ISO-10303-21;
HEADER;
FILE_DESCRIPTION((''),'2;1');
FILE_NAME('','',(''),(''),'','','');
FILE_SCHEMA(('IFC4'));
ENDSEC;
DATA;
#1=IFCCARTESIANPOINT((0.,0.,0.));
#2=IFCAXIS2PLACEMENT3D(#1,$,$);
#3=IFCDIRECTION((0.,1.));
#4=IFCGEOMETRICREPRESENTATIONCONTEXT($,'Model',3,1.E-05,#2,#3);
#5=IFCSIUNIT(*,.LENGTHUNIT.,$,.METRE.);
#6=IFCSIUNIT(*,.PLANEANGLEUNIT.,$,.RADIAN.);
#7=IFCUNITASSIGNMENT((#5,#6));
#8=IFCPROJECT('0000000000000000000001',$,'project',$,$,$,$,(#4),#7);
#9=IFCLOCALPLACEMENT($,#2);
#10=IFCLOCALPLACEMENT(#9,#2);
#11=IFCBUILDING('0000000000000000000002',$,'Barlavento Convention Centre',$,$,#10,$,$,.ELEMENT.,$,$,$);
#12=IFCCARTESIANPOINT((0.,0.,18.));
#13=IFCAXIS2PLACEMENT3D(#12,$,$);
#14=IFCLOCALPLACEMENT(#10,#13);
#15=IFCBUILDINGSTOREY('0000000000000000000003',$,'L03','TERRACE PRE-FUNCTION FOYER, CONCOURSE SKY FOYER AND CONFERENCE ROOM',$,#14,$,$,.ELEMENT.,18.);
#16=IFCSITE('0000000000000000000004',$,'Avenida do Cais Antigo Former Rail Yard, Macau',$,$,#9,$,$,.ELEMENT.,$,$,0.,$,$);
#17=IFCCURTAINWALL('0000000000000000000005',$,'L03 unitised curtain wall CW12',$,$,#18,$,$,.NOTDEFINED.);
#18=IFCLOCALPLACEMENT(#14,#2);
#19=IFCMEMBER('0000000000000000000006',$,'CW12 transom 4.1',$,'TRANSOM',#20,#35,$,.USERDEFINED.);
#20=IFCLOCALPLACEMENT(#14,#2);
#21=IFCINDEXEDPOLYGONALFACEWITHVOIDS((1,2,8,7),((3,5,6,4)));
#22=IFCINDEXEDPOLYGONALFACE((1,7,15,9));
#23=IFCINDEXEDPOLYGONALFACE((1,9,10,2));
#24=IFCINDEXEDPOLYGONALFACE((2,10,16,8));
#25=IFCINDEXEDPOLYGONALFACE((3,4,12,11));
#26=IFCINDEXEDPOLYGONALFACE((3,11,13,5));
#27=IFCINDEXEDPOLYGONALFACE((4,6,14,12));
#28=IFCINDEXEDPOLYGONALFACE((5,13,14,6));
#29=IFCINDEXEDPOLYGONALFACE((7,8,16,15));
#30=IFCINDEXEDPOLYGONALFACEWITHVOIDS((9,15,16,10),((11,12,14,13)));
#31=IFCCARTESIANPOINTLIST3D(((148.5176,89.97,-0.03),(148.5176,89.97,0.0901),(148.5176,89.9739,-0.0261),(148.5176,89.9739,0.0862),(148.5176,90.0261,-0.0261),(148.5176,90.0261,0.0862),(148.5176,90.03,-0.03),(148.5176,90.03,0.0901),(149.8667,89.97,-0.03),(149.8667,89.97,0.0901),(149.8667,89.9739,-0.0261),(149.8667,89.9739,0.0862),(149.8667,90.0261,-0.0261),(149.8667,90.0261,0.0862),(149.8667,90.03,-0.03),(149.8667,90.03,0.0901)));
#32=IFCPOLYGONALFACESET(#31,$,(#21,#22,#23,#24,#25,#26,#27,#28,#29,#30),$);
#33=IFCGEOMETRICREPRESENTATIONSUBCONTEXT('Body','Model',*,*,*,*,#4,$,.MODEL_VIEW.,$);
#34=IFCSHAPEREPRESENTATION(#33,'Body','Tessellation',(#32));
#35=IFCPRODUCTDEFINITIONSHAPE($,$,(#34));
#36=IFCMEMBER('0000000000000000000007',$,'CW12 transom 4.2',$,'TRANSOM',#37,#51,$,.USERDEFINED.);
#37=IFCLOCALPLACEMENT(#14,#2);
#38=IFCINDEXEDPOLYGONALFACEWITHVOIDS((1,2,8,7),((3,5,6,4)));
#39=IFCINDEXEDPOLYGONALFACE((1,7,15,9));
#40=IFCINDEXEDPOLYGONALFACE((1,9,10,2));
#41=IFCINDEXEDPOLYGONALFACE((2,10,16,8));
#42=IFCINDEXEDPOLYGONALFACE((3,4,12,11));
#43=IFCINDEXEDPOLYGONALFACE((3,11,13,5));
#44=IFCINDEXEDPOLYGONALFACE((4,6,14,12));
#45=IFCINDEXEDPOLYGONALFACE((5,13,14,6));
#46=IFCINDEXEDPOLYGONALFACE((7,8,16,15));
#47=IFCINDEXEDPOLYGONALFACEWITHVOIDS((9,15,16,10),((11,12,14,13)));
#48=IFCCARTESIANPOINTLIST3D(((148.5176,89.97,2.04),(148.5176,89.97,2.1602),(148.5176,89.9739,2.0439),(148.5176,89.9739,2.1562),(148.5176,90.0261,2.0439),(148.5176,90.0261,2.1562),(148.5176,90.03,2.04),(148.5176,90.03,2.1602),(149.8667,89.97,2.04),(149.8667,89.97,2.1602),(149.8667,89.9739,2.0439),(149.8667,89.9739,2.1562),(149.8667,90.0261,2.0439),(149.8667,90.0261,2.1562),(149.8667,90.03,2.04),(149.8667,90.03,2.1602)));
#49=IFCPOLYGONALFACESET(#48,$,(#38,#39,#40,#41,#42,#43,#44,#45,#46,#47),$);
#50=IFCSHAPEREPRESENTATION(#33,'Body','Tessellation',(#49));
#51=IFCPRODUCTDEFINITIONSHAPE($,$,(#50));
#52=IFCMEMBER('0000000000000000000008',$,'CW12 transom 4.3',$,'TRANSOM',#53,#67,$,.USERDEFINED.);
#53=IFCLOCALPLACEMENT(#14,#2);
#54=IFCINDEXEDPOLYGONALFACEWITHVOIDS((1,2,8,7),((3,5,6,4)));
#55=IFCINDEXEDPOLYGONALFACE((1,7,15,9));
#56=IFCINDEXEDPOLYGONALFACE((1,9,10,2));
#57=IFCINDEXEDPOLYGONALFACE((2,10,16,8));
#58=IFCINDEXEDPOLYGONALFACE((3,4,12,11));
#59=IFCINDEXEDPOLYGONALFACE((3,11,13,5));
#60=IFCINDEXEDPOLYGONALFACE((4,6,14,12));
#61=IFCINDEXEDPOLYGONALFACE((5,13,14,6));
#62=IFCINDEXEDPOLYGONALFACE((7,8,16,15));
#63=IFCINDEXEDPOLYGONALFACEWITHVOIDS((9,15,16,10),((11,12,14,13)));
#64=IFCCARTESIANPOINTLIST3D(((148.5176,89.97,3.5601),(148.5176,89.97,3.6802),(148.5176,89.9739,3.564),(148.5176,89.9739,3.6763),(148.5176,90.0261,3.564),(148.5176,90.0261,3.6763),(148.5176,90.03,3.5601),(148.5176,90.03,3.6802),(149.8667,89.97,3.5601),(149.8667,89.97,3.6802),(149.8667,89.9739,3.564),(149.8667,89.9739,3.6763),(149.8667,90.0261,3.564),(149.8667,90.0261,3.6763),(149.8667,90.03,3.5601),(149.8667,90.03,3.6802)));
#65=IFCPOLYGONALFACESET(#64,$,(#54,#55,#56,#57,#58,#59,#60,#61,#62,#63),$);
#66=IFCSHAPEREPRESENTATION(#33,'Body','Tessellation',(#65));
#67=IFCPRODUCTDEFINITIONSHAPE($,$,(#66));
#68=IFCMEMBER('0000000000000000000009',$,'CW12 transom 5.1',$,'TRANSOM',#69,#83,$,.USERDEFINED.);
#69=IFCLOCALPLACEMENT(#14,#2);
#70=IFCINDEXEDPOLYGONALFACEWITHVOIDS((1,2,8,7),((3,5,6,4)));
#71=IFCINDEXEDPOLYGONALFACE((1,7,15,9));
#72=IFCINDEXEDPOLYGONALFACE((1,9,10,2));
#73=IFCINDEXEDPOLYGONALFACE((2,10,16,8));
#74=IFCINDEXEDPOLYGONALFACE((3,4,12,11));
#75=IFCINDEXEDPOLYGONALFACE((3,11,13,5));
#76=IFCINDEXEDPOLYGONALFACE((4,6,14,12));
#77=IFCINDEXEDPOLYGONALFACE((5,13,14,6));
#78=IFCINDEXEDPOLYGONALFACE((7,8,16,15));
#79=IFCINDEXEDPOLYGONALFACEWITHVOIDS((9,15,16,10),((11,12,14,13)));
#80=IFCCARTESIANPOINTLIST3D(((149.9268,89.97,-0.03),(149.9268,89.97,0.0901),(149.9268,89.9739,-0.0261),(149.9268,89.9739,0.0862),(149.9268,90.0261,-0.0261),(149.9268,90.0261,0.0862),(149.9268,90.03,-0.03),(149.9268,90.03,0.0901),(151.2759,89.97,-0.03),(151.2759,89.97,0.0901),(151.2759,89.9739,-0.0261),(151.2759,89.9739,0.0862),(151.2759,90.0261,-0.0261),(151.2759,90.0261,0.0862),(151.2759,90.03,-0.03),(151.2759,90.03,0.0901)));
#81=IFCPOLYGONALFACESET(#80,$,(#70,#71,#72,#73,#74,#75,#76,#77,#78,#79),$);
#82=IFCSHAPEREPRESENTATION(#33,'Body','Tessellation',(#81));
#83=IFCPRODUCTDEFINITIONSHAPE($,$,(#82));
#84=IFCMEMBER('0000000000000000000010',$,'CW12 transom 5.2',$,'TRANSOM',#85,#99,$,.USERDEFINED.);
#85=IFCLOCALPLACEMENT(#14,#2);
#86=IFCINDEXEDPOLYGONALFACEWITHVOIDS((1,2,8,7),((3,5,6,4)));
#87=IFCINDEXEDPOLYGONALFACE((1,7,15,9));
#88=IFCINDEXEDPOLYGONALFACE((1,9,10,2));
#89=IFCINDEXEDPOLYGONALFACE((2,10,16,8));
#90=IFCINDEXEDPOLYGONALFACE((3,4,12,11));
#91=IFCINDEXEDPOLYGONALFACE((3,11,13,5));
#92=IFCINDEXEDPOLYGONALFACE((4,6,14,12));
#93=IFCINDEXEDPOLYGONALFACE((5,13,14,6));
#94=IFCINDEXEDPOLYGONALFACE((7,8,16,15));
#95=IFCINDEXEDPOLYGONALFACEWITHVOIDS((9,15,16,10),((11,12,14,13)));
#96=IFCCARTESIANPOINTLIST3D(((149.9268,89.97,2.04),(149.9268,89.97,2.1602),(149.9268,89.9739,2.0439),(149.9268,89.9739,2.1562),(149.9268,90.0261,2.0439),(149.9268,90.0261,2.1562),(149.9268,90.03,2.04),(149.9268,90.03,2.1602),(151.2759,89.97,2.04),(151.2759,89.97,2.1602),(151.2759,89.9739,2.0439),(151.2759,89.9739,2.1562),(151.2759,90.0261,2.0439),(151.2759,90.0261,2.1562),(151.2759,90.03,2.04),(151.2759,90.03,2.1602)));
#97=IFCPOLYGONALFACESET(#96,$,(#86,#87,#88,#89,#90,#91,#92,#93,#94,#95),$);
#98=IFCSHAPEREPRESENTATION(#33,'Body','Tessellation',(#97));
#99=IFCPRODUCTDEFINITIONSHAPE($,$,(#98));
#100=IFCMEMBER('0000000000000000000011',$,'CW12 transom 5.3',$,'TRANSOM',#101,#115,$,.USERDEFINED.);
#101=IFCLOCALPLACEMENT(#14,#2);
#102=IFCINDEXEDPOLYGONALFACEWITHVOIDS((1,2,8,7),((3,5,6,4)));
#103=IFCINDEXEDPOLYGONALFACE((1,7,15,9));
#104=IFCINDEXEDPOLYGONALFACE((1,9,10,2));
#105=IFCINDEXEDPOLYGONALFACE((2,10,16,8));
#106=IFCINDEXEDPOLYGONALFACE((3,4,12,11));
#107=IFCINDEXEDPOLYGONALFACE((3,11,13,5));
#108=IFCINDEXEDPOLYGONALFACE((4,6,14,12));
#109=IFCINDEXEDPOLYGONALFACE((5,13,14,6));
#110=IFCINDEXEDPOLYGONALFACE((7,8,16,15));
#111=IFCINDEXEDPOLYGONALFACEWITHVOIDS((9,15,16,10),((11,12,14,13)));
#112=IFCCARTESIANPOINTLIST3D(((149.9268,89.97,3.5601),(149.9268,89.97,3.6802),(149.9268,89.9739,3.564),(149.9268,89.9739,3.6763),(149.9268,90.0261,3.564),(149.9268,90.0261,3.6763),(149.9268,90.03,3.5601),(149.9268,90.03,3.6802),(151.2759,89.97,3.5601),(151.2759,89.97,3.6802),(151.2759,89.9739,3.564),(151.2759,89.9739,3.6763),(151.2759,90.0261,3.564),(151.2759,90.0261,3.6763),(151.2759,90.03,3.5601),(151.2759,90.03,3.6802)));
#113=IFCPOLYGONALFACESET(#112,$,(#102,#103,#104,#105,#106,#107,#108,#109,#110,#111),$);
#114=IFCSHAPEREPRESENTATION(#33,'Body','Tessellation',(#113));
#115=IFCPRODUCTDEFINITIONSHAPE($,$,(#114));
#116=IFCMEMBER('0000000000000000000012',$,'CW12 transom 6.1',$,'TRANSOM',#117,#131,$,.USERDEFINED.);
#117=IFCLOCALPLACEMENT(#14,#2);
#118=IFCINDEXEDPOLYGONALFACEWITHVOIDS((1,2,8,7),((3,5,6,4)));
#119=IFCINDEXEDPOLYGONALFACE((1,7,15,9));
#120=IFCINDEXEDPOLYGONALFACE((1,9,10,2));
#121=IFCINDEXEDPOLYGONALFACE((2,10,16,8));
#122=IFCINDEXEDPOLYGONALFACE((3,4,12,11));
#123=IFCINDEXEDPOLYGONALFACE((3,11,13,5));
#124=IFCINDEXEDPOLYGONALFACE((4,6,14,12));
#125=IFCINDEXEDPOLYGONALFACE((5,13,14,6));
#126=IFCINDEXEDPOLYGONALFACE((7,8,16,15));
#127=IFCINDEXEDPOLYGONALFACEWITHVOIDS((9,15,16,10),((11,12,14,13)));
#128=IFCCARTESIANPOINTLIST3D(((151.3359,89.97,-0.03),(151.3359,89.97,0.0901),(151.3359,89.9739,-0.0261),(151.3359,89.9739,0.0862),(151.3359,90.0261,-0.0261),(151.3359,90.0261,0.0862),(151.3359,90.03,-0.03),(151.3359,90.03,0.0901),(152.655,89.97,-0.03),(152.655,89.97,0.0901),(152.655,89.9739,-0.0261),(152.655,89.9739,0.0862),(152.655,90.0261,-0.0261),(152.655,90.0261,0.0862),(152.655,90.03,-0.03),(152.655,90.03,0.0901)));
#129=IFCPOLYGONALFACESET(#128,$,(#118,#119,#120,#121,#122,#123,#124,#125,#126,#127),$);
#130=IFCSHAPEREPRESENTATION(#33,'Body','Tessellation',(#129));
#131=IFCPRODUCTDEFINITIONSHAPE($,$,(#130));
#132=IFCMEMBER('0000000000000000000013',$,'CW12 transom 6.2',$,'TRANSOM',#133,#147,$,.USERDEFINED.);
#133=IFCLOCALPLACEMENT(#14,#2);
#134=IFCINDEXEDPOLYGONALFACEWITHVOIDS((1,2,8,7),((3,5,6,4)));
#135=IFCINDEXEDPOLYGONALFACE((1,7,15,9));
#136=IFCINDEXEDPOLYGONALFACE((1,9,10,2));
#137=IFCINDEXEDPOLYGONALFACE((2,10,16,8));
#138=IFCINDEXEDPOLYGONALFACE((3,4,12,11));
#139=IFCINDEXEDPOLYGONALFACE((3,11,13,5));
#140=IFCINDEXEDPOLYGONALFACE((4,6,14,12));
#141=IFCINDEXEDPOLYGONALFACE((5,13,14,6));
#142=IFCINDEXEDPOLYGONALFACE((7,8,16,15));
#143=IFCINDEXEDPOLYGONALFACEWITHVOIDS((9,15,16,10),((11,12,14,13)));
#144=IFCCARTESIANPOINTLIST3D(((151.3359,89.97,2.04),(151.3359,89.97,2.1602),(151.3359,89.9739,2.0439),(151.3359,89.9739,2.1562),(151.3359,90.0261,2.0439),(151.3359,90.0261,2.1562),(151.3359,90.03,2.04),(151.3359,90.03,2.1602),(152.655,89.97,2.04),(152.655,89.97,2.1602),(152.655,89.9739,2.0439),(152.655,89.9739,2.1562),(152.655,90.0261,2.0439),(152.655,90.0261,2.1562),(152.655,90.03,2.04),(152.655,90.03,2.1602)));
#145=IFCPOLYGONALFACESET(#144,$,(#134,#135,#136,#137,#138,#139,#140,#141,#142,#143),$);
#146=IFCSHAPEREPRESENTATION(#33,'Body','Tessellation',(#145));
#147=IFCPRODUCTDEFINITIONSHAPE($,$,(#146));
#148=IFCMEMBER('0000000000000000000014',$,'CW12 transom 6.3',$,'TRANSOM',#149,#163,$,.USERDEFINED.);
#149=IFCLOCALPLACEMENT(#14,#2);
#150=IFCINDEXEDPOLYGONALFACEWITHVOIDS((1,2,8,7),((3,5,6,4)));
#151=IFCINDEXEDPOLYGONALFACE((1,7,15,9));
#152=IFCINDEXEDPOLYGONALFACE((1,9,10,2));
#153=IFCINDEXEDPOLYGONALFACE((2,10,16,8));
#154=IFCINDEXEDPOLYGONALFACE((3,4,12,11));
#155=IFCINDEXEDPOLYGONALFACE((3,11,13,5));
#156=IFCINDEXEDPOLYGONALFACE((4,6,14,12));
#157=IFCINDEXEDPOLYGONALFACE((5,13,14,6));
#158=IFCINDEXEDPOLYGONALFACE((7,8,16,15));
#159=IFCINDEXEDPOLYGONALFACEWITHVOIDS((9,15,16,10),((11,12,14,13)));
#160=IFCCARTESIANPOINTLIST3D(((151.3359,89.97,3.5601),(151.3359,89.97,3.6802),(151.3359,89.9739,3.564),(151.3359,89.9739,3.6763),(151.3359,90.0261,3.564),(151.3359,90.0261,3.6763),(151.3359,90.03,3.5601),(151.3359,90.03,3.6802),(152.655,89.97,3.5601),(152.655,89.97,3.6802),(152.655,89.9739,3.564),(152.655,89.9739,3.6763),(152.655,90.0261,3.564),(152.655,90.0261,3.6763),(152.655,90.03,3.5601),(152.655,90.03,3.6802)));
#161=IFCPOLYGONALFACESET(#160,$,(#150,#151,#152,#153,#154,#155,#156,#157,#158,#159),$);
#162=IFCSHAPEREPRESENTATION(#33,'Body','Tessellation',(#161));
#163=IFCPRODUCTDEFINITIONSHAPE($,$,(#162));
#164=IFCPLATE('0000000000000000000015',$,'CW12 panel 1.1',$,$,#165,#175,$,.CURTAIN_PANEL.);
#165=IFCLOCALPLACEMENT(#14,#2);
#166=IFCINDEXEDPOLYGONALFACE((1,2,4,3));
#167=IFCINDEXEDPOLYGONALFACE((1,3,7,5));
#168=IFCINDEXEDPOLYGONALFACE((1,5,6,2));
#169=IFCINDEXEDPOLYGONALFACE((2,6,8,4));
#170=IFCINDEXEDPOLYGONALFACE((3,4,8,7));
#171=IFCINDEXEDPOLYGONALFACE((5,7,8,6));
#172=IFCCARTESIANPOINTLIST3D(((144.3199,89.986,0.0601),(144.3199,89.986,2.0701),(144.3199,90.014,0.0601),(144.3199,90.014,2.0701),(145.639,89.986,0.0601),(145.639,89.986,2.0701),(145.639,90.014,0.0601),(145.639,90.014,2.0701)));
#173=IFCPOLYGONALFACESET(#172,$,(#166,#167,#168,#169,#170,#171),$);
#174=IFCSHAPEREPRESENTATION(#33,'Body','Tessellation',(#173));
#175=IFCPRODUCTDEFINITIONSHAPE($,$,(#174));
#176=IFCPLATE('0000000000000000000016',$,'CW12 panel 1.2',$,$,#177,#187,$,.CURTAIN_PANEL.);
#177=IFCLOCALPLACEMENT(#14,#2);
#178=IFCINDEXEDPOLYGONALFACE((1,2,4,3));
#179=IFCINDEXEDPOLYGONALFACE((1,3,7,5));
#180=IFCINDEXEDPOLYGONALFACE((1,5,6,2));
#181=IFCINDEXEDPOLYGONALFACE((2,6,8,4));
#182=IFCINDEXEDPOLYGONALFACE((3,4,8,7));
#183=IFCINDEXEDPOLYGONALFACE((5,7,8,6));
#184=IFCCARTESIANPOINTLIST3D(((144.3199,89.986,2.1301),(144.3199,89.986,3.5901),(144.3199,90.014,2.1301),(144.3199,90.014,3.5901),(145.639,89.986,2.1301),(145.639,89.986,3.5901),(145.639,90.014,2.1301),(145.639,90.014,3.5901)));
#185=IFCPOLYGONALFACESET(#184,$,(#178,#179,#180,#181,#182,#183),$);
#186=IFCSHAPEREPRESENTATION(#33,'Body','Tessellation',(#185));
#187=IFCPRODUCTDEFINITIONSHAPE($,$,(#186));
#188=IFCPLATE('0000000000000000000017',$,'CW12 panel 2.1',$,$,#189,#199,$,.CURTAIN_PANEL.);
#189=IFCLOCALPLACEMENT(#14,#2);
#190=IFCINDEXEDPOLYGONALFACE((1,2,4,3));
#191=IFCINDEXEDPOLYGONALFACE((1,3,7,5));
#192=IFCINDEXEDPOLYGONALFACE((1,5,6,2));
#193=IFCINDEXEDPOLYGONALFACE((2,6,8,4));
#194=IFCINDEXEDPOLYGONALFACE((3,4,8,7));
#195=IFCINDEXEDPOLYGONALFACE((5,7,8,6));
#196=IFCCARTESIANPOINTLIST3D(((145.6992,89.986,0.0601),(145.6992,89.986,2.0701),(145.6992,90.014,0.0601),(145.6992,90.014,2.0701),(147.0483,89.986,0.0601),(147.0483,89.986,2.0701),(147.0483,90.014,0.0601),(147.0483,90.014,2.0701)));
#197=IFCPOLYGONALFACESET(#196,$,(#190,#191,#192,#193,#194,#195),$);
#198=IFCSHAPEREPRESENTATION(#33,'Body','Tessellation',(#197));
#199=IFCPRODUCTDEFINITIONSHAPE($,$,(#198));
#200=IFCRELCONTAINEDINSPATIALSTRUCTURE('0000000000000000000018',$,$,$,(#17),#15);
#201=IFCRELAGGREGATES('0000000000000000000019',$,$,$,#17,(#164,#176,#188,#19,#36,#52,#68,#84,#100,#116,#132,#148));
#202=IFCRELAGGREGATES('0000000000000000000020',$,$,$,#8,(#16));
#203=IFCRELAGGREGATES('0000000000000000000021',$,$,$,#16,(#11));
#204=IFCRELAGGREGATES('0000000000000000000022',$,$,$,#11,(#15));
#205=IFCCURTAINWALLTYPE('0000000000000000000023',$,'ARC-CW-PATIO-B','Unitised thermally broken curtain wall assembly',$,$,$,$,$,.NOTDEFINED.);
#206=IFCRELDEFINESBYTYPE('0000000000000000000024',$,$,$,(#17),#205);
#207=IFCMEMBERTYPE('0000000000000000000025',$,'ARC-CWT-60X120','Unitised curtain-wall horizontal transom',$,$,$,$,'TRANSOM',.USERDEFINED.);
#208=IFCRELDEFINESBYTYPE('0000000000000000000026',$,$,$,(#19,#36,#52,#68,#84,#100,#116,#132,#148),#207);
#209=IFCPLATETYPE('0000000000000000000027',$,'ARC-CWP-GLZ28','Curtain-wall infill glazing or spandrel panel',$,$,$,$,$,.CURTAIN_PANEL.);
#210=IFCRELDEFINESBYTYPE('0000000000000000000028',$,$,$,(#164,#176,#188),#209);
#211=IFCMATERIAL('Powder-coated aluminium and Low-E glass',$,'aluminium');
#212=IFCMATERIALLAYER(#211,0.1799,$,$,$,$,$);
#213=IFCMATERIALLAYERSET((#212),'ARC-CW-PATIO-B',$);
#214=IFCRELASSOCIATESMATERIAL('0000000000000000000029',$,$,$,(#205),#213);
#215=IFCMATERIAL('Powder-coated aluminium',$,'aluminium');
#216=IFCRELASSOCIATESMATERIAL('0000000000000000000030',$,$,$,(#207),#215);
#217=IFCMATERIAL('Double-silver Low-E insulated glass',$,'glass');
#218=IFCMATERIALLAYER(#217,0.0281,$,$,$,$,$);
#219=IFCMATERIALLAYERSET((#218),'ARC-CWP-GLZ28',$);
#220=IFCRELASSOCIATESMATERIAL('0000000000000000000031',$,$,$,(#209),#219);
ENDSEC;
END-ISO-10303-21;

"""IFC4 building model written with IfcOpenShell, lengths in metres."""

from ifc_helpers import new_model, si_unit, direction, frame, origin, origin_2d, place, context, subcontext, project, spatial, rectangle, hollow_rectangle, extrude, material, layer, layer_set, material_profile, profile_set, type_object, element, aggregate, save


model = new_model("IFC4")

# Units and contexts
model_context = context("Model", 3, precision=1e-05, world=origin(), true_north=direction((0.0, 1.0)))
body_context = subcontext(model_context, "Body", "Model", "MODEL_VIEW")
ifc_project = project(units=[si_unit("LENGTHUNIT", "METRE"), si_unit("PLANEANGLEUNIT", "RADIAN")], contexts=[model_context])

# Site, building, storey
site_placement = place(None, origin())
site = spatial("IfcSite", under=ifc_project, at=site_placement, Name="Avenida do Cais Antigo Former Rail Yard, Macau", CompositionType="ELEMENT", RefElevation=0.0)
building_placement = place(site_placement, origin())
building = spatial("IfcBuilding", under=site, at=building_placement, Name="Barlavento Convention Centre", CompositionType="ELEMENT")
storey_placement = place(building_placement, frame((0.0, 0.0, 18.0)))
storey = spatial("IfcBuildingStorey", under=building, at=storey_placement, Name="L03", Description="TERRACE PRE-FUNCTION FOYER, CONCOURSE SKY FOYER AND CONFERENCE ROOM", CompositionType="ELEMENT", Elevation=18.0)

# Curtain wall, members, plates
ifc_material_1 = material(Name="Powder-coated aluminium and Low-E glass", Category="aluminium")
ifc_layer_1 = layer(ifc_material_1, 0.1799)
ifc_layer_set_1 = layer_set([ifc_layer_1], Name="ARC-CW-PATIO-B")
curtain_wall_type = type_object("IfcCurtainWallType", Name="ARC-CW-PATIO-B", Description="Unitised thermally broken curtain wall assembly", PredefinedType="NOTDEFINED", material=ifc_layer_set_1)
curtain_wall_placement = place(storey_placement, origin())
curtain_wall = element("IfcCurtainWall", 1, at=curtain_wall_placement, inside=storey, type_object=curtain_wall_type, Name="L03 unitised curtain wall CW12", PredefinedType="NOTDEFINED")
ifc_material_2 = material(Name="Powder-coated aluminium", Category="aluminium")
ifc_material_profile_1 = material_profile(ifc_material_2, hollow_rectangle(XDim=0.0601, YDim=0.1201, WallThickness=0.0039, at=origin_2d()), Name="AL-TRAN 60x120x4")
ifc_profile_set_1 = profile_set([ifc_material_profile_1], Name="Powder-coated aluminium")
member_type_1 = type_object("IfcMemberType", Name="ARC-CWT-60X120", Description="Unitised curtain-wall horizontal transom", ElementType="TRANSOM", PredefinedType="USERDEFINED", material=ifc_profile_set_1)
member_1_placement = place(storey_placement, frame((148.5176, 90.0, 0.03), z_axis=(1.0, 0.0, 0.0), x_axis=(0.0, 1.0, 0.0)))
member_1 = element("IfcMember", 2, at=member_1_placement, type_object=member_type_1, Name="CW12 transom 4.1", ObjectType="TRANSOM", PredefinedType="USERDEFINED", context=body_context, shape_type="SweptSolid", body=[
    extrude(hollow_rectangle(XDim=0.0601, YDim=0.1201, WallThickness=0.0039, at=origin_2d()), origin(), (0.0, 0.0, 1.0), 1.3491),
])
member_2_placement = place(storey_placement, frame((148.5176, 90.0, 2.1001), z_axis=(1.0, 0.0, 0.0), x_axis=(0.0, 1.0, 0.0)))
member_2 = element("IfcMember", 3, at=member_2_placement, type_object=member_type_1, Name="CW12 transom 4.2", ObjectType="TRANSOM", PredefinedType="USERDEFINED", context=body_context, shape_type="SweptSolid", body=[
    extrude(hollow_rectangle(XDim=0.0601, YDim=0.1201, WallThickness=0.0039, at=origin_2d()), origin(), (0.0, 0.0, 1.0), 1.3491),
])
member_3_placement = place(storey_placement, frame((148.5176, 90.0, 3.6201), z_axis=(1.0, 0.0, 0.0), x_axis=(0.0, 1.0, 0.0)))
member_3 = element("IfcMember", 4, at=member_3_placement, type_object=member_type_1, Name="CW12 transom 4.3", ObjectType="TRANSOM", PredefinedType="USERDEFINED", context=body_context, shape_type="SweptSolid", body=[
    extrude(hollow_rectangle(XDim=0.0601, YDim=0.1201, WallThickness=0.0039, at=origin_2d()), origin(), (0.0, 0.0, 1.0), 1.3491),
])
member_4_placement = place(storey_placement, frame((149.9268, 90.0, 0.03), z_axis=(1.0, 0.0, 0.0), x_axis=(0.0, 1.0, 0.0)))
member_4 = element("IfcMember", 5, at=member_4_placement, type_object=member_type_1, Name="CW12 transom 5.1", ObjectType="TRANSOM", PredefinedType="USERDEFINED", context=body_context, shape_type="SweptSolid", body=[
    extrude(hollow_rectangle(XDim=0.0601, YDim=0.1201, WallThickness=0.0039, at=origin_2d()), origin(), (0.0, 0.0, 1.0), 1.3491),
])
member_5_placement = place(storey_placement, frame((149.9268, 90.0, 2.1001), z_axis=(1.0, 0.0, 0.0), x_axis=(0.0, 1.0, 0.0)))
member_5 = element("IfcMember", 6, at=member_5_placement, type_object=member_type_1, Name="CW12 transom 5.2", ObjectType="TRANSOM", PredefinedType="USERDEFINED", context=body_context, shape_type="SweptSolid", body=[
    extrude(hollow_rectangle(XDim=0.0601, YDim=0.1201, WallThickness=0.0039, at=origin_2d()), origin(), (0.0, 0.0, 1.0), 1.3491),
])
member_6_placement = place(storey_placement, frame((149.9268, 90.0, 3.6201), z_axis=(1.0, 0.0, 0.0), x_axis=(0.0, 1.0, 0.0)))
member_6 = element("IfcMember", 7, at=member_6_placement, type_object=member_type_1, Name="CW12 transom 5.3", ObjectType="TRANSOM", PredefinedType="USERDEFINED", context=body_context, shape_type="SweptSolid", body=[
    extrude(hollow_rectangle(XDim=0.0601, YDim=0.1201, WallThickness=0.0039, at=origin_2d()), origin(), (0.0, 0.0, 1.0), 1.3491),
])
member_7_placement = place(storey_placement, frame((151.3359, 90.0, 0.03), z_axis=(1.0, 0.0, 0.0), x_axis=(0.0, 1.0, 0.0)))
member_7 = element("IfcMember", 8, at=member_7_placement, type_object=member_type_1, Name="CW12 transom 6.1", ObjectType="TRANSOM", PredefinedType="USERDEFINED", context=body_context, shape_type="SweptSolid", body=[
    extrude(hollow_rectangle(XDim=0.0601, YDim=0.1201, WallThickness=0.0039, at=origin_2d()), origin(), (0.0, 0.0, 1.0), 1.3191),
])
member_8_placement = place(storey_placement, frame((151.3359, 90.0, 2.1001), z_axis=(1.0, 0.0, 0.0), x_axis=(0.0, 1.0, 0.0)))
member_8 = element("IfcMember", 9, at=member_8_placement, type_object=member_type_1, Name="CW12 transom 6.2", ObjectType="TRANSOM", PredefinedType="USERDEFINED", context=body_context, shape_type="SweptSolid", body=[
    extrude(hollow_rectangle(XDim=0.0601, YDim=0.1201, WallThickness=0.0039, at=origin_2d()), origin(), (0.0, 0.0, 1.0), 1.3191),
])
member_9_placement = place(storey_placement, frame((151.3359, 90.0, 3.6201), z_axis=(1.0, 0.0, 0.0), x_axis=(0.0, 1.0, 0.0)))
member_9 = element("IfcMember", 10, at=member_9_placement, type_object=member_type_1, Name="CW12 transom 6.3", ObjectType="TRANSOM", PredefinedType="USERDEFINED", context=body_context, shape_type="SweptSolid", body=[
    extrude(hollow_rectangle(XDim=0.0601, YDim=0.1201, WallThickness=0.0039, at=origin_2d()), origin(), (0.0, 0.0, 1.0), 1.3191),
])
ifc_material_3 = material(Name="Double-silver Low-E insulated glass", Category="glass")
ifc_layer_2 = layer(ifc_material_3, 0.0281)
ifc_layer_set_2 = layer_set([ifc_layer_2], Name="ARC-CWP-GLZ28")
plate_type = type_object("IfcPlateType", Name="ARC-CWP-GLZ28", Description="Curtain-wall infill glazing or spandrel panel", PredefinedType="CURTAIN_PANEL", material=ifc_layer_set_2)
plate_1_placement = place(storey_placement, frame((144.9795, 90.0, 0.0601), z_axis=(0.0, 0.0, 1.0), x_axis=(1.0, 0.0, 0.0)))
plate_1 = element("IfcPlate", 11, at=plate_1_placement, type_object=plate_type, Name="CW12 panel 1.1", PredefinedType="CURTAIN_PANEL", context=body_context, shape_type="SweptSolid", body=[
    extrude(rectangle(XDim=1.3191, YDim=0.0281, at=origin_2d()), origin(), (0.0, 0.0, 1.0), 2.01),
])
plate_2_placement = place(storey_placement, frame((144.9795, 90.0, 2.1301), z_axis=(0.0, 0.0, 1.0), x_axis=(1.0, 0.0, 0.0)))
plate_2 = element("IfcPlate", 12, at=plate_2_placement, type_object=plate_type, Name="CW12 panel 1.2", PredefinedType="CURTAIN_PANEL", context=body_context, shape_type="SweptSolid", body=[
    extrude(rectangle(XDim=1.3191, YDim=0.0281, at=origin_2d()), origin(), (0.0, 0.0, 1.0), 1.46),
])
plate_3_placement = place(storey_placement, frame((146.3738, 90.0, 0.0601), z_axis=(0.0, 0.0, 1.0), x_axis=(1.0, 0.0, 0.0)))
plate_3 = element("IfcPlate", 13, at=plate_3_placement, type_object=plate_type, Name="CW12 panel 2.1", PredefinedType="CURTAIN_PANEL", context=body_context, shape_type="SweptSolid", body=[
    extrude(rectangle(XDim=1.3491, YDim=0.0281, at=origin_2d()), origin(), (0.0, 0.0, 1.0), 2.01),
])
aggregate(curtain_wall, [plate_1, plate_2, plate_3, member_1, member_2, member_3, member_4, member_5, member_6, member_7, member_8, member_9])

save(model, "model.ifc")
